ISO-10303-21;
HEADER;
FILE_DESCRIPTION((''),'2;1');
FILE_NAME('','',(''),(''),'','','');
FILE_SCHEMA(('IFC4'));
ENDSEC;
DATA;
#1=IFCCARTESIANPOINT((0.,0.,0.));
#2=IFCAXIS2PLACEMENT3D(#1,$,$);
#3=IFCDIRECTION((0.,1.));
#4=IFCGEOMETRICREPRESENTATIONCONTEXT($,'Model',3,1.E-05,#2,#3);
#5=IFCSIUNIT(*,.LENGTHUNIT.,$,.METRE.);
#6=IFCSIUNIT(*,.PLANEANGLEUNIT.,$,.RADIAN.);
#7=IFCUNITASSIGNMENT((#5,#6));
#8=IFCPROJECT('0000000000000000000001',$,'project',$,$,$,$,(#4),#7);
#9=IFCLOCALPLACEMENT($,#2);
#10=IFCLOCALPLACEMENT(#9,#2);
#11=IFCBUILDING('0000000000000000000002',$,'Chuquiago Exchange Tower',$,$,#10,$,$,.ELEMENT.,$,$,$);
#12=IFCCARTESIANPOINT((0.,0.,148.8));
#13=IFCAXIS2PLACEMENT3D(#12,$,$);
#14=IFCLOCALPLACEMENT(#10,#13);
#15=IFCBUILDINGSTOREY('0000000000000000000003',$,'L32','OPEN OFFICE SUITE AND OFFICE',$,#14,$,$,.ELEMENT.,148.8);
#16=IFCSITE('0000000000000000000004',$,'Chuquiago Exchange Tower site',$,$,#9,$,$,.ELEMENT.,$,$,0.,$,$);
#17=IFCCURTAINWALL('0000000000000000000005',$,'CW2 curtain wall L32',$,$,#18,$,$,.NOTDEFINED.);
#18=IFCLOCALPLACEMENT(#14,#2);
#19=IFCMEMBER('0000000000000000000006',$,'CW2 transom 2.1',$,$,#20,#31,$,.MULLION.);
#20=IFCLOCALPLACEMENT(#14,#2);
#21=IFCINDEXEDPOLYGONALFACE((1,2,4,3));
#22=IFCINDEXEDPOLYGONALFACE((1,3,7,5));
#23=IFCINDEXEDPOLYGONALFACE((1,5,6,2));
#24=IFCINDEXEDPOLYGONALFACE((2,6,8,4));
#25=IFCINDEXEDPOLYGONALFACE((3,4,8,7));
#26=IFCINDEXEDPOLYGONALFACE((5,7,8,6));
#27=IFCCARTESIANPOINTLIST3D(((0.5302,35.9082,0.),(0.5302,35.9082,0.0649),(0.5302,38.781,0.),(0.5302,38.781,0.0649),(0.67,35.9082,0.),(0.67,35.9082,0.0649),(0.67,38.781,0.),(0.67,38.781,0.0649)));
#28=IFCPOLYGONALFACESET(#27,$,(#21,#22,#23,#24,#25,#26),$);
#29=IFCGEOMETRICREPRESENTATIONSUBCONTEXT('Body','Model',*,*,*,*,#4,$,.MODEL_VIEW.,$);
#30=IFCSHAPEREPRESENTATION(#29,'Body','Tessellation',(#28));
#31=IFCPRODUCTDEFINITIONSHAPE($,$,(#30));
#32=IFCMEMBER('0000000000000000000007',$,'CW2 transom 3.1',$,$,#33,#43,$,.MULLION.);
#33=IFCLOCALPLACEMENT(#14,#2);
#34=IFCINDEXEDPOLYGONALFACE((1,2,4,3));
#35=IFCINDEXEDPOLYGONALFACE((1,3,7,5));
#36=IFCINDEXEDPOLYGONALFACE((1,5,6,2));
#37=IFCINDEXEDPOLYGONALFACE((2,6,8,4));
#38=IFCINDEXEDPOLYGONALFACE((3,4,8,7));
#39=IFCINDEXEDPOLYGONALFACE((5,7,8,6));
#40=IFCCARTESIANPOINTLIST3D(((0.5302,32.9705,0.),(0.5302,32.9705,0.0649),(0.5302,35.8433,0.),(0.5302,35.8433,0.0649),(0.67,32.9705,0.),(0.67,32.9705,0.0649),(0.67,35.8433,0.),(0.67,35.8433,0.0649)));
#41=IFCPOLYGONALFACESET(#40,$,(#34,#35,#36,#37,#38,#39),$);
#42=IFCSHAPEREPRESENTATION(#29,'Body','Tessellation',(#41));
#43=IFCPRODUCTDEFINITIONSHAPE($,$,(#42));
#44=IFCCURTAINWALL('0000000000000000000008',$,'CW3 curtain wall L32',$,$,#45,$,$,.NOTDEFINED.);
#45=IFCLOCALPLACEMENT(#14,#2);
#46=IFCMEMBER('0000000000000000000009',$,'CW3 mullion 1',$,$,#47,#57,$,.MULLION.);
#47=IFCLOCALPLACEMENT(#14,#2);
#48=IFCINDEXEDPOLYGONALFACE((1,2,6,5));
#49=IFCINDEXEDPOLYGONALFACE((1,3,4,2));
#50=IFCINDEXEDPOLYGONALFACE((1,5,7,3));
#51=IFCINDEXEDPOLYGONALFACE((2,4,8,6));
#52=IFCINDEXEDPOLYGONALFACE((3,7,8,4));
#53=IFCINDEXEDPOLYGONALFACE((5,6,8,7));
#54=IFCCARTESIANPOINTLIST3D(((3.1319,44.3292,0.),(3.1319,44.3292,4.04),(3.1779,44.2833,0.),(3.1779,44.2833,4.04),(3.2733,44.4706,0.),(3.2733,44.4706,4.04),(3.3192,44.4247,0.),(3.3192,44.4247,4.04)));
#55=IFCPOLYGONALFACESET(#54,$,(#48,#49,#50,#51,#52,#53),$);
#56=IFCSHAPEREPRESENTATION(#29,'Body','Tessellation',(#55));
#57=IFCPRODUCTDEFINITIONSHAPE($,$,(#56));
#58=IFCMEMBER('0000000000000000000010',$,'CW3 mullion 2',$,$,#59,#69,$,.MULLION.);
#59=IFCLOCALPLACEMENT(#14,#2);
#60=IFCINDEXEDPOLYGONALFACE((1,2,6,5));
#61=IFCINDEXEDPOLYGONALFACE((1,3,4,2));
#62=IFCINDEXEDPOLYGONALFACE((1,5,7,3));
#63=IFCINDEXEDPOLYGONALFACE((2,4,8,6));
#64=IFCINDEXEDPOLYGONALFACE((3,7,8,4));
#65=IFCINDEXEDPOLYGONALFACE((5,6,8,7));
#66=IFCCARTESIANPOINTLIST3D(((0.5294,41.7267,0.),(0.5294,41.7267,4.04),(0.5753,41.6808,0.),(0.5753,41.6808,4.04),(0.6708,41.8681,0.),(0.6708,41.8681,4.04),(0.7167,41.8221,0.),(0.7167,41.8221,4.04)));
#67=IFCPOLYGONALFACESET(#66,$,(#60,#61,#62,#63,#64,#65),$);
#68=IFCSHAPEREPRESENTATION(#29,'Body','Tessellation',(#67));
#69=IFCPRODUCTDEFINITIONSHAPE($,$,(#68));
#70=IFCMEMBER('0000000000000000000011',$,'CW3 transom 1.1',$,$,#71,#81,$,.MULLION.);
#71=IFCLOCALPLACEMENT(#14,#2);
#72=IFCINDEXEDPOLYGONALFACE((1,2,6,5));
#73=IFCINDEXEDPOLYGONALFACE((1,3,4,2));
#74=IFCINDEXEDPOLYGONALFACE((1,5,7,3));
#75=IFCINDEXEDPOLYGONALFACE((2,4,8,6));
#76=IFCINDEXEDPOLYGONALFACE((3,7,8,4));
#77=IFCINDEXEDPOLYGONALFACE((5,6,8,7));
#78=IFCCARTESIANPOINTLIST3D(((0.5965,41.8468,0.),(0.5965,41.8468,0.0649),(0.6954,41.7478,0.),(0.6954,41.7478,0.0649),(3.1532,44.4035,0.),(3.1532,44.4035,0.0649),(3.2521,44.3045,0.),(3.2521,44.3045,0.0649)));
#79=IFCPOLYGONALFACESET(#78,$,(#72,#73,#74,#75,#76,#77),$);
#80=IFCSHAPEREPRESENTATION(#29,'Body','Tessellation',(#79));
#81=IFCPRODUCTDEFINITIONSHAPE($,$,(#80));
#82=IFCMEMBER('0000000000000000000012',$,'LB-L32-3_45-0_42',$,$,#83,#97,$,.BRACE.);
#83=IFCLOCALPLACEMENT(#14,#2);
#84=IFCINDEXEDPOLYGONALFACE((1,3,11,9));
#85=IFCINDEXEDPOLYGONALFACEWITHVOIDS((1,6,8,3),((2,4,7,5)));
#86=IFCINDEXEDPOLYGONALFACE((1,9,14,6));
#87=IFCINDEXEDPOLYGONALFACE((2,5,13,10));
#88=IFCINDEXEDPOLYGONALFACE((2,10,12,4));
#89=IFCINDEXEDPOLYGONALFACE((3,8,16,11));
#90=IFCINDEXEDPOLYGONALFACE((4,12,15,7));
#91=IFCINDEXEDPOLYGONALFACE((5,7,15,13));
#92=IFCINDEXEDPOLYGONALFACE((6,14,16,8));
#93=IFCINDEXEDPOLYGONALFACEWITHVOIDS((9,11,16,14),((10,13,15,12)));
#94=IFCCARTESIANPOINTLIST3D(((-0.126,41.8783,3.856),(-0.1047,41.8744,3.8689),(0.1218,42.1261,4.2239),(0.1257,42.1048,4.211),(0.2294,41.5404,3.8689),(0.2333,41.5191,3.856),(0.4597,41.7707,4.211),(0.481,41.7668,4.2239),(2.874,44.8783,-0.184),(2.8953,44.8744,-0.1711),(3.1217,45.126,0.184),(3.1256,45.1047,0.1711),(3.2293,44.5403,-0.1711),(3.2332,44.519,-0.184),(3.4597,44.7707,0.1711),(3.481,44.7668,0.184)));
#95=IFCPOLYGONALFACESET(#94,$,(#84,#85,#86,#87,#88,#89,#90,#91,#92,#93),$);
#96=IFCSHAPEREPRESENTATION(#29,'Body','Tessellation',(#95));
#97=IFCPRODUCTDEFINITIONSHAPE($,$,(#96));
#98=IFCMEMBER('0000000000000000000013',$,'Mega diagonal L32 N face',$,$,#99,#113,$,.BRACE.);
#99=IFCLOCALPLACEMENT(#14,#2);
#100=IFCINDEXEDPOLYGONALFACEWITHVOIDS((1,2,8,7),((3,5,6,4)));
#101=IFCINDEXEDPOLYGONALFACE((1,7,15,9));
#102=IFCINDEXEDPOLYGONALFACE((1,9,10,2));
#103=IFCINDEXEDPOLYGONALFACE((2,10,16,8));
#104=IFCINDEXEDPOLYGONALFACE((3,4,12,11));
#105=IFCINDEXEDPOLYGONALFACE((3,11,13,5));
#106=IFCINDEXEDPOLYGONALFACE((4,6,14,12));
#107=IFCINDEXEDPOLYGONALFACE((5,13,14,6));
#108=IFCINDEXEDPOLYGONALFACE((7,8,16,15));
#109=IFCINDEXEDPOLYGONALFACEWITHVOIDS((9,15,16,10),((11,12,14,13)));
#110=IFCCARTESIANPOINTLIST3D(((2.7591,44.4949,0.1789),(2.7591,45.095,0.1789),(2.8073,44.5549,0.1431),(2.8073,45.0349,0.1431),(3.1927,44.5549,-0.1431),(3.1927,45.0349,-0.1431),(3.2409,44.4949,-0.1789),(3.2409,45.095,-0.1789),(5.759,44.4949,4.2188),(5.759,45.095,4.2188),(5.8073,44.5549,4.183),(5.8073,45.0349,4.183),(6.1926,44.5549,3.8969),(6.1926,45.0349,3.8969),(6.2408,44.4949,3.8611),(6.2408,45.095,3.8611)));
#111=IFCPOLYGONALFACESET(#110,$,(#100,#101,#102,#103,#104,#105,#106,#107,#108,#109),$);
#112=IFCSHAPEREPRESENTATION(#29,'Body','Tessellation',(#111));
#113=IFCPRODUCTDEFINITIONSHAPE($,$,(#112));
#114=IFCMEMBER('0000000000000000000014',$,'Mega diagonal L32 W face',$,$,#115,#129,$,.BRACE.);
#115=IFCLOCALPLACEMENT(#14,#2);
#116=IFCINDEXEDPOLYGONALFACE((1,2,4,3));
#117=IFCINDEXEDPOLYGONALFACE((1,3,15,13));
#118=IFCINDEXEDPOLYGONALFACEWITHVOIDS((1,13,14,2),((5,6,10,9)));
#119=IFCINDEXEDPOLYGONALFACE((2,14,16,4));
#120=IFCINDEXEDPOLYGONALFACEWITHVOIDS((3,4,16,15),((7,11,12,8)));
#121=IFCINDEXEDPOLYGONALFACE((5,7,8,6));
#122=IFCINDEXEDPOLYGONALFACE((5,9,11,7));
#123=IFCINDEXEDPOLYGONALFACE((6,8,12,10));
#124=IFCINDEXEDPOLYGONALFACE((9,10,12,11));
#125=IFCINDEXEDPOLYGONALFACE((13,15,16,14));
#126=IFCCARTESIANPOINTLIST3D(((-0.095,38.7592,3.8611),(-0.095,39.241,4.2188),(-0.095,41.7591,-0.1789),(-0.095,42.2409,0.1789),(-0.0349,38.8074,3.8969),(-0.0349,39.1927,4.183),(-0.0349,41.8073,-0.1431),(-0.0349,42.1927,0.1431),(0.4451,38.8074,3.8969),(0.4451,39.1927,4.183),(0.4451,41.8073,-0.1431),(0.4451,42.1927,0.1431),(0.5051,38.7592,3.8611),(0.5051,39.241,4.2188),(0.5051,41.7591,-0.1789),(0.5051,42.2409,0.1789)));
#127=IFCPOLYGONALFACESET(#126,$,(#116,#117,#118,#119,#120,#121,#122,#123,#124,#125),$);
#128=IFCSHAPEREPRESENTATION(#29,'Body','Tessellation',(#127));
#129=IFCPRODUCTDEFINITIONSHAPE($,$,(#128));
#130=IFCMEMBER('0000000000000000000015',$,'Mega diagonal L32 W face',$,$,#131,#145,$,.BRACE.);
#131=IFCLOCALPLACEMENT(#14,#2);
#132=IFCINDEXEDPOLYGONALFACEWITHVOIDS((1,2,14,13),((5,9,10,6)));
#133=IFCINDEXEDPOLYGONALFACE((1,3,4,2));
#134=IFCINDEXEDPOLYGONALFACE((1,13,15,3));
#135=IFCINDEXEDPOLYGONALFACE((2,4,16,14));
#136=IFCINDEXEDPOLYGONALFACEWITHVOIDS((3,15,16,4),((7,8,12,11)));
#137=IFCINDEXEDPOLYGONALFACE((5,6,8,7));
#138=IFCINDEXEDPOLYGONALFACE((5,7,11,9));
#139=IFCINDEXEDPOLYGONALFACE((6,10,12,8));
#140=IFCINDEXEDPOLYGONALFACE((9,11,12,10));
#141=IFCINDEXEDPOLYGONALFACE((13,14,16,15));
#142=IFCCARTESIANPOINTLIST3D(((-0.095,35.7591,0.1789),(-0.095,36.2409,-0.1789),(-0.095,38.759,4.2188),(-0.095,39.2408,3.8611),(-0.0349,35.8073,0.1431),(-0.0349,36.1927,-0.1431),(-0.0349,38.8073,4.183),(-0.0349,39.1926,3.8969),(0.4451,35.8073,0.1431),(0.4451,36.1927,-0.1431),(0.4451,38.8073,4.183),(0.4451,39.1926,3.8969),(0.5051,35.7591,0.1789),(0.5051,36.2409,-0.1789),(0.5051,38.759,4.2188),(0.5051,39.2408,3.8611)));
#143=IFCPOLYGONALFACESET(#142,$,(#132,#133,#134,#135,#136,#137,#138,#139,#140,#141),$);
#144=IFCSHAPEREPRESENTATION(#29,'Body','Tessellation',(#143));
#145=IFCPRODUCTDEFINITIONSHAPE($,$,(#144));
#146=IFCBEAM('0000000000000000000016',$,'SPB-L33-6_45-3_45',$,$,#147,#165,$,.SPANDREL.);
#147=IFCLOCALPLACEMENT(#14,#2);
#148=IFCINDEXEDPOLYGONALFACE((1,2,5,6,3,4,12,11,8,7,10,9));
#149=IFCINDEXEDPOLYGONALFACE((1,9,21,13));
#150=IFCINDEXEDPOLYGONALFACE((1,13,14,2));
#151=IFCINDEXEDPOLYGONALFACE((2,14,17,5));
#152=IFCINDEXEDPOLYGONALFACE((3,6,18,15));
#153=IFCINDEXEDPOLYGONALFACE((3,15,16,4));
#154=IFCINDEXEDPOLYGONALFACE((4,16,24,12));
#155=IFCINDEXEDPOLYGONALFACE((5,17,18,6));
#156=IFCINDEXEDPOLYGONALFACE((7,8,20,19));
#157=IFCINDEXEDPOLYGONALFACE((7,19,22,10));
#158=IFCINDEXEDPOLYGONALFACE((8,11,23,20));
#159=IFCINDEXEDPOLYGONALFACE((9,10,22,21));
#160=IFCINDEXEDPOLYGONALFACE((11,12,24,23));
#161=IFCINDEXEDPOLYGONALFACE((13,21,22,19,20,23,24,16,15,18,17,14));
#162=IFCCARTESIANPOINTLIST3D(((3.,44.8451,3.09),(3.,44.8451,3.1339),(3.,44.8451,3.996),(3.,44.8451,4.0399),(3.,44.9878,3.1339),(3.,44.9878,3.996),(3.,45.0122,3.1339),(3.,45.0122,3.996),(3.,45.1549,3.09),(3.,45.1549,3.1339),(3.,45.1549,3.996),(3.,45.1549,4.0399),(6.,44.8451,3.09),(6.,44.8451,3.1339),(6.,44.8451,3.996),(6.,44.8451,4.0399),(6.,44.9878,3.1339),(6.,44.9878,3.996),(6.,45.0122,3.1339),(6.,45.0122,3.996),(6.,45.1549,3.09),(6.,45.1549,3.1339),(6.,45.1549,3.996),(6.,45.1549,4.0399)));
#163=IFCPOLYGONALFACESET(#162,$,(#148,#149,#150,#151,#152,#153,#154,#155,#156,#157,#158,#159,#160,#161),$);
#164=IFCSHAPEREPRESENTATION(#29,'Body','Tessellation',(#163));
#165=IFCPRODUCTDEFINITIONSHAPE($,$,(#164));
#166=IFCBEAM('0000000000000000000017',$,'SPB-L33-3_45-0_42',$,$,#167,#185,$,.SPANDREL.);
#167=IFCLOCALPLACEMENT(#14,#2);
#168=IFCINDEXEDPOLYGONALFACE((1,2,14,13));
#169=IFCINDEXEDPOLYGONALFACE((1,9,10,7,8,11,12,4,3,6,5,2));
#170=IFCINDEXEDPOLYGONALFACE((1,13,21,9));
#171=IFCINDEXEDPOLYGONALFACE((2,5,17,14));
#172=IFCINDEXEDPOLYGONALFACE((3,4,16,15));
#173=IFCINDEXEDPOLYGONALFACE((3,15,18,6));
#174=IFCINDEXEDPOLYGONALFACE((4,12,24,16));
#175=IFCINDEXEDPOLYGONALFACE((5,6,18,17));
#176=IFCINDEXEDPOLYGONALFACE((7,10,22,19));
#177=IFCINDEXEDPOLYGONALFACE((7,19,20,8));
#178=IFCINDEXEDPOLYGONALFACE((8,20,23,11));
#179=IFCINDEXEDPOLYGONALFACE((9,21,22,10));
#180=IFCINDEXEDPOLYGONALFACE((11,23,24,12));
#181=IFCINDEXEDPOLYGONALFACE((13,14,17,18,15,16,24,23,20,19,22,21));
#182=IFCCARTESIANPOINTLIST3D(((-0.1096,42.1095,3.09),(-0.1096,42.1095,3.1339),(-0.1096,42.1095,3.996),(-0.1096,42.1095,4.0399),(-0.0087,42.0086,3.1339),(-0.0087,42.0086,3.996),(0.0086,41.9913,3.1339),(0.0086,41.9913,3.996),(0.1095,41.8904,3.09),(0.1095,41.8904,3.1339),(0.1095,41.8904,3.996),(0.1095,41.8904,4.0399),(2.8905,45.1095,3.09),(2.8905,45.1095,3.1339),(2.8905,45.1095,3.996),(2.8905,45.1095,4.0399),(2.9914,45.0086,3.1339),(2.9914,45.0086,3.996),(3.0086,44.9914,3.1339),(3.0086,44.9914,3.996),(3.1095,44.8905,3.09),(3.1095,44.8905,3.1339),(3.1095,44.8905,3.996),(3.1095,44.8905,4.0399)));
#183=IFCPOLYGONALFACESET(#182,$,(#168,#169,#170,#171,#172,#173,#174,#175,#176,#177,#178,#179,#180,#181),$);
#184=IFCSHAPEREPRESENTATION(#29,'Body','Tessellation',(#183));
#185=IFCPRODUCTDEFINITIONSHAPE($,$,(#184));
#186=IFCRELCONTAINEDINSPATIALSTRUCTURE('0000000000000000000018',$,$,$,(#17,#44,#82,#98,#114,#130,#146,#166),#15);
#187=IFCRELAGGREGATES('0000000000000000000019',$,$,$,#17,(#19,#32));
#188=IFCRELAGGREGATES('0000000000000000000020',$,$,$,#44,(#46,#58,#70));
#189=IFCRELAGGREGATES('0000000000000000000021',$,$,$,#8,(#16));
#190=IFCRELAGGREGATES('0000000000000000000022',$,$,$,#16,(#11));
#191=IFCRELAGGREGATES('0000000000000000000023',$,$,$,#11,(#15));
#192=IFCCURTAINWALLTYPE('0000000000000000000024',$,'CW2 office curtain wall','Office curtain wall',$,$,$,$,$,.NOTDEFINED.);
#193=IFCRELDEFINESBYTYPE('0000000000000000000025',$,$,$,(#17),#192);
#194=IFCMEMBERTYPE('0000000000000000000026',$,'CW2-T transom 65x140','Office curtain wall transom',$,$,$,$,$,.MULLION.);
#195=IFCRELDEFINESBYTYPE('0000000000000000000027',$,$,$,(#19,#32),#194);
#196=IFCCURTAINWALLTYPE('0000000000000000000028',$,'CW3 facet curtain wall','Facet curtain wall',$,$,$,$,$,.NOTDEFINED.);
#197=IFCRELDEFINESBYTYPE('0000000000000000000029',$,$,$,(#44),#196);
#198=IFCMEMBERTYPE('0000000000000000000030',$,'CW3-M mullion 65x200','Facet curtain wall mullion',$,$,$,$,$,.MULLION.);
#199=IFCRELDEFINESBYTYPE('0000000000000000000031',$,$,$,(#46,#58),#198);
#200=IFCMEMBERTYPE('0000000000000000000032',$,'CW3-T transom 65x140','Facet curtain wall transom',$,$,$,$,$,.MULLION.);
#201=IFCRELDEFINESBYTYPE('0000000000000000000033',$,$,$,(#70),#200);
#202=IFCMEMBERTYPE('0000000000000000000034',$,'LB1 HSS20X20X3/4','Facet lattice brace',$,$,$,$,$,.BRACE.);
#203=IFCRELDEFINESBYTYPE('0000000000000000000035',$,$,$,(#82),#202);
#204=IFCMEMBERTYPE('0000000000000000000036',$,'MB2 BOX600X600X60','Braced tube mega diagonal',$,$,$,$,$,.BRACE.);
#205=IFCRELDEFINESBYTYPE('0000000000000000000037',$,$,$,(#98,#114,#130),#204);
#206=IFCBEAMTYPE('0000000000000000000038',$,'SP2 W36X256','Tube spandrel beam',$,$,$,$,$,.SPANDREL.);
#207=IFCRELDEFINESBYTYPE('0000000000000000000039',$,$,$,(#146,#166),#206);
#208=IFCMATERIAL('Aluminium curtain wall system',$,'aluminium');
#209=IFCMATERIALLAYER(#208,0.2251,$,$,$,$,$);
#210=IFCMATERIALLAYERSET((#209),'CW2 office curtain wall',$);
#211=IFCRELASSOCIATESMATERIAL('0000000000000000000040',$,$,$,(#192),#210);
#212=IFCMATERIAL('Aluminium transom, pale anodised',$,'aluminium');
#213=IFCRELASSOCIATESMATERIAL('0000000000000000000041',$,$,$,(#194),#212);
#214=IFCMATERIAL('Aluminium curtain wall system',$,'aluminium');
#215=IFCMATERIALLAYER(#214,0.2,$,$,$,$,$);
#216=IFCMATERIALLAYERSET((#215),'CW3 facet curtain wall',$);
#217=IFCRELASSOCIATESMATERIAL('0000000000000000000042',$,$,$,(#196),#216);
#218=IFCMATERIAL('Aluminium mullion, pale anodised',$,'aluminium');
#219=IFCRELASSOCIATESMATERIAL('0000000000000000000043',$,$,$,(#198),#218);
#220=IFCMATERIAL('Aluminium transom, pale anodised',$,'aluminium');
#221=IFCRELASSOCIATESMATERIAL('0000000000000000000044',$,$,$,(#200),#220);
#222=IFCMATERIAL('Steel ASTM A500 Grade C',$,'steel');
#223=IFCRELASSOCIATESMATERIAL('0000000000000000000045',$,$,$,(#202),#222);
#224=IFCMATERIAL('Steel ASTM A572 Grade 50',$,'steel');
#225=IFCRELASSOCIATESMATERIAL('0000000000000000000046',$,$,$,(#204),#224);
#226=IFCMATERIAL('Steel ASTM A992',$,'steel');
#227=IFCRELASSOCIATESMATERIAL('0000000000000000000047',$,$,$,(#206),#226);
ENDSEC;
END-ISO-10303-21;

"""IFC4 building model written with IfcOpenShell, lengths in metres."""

from ifc_helpers import new_model, si_unit, direction, frame, origin, origin_2d, place, context, subcontext, project, spatial, rectangle, hollow_rectangle, i_section, extrude, material, layer, layer_set, material_profile, profile_set, type_object, element, aggregate, save


model = new_model("IFC4")

# Units and contexts
model_context = context("Model", 3, precision=1e-05, world=origin(), true_north=direction((0.0, 1.0)))
body_context = subcontext(model_context, "Body", "Model", "MODEL_VIEW")
ifc_project = project(units=[si_unit("LENGTHUNIT", "METRE"), si_unit("PLANEANGLEUNIT", "RADIAN")], contexts=[model_context])

# Site, building, storey
site_placement = place(None, origin())
site = spatial("IfcSite", under=ifc_project, at=site_placement, Name="Chuquiago Exchange Tower site", CompositionType="ELEMENT", RefElevation=0.0)
building_placement = place(site_placement, origin())
building = spatial("IfcBuilding", under=site, at=building_placement, Name="Chuquiago Exchange Tower", CompositionType="ELEMENT")
storey_placement = place(building_placement, frame((0.0, 0.0, 148.8)))
storey = spatial("IfcBuildingStorey", under=building, at=storey_placement, Name="L32", Description="OPEN OFFICE SUITE AND OFFICE", CompositionType="ELEMENT", Elevation=148.8)

# Curtain wall
ifc_material_1 = material(Name="Aluminium curtain wall system", Category="aluminium")
ifc_layer_1 = layer(ifc_material_1, 0.2251)
ifc_layer_set_1 = layer_set([ifc_layer_1], Name="CW2 office curtain wall")
curtain_wall_type_1 = type_object("IfcCurtainWallType", Name="CW2 office curtain wall", Description="Office curtain wall", PredefinedType="NOTDEFINED", material=ifc_layer_set_1)
curtain_wall_1_placement = place(storey_placement, origin())
curtain_wall_1 = element("IfcCurtainWall", 1, at=curtain_wall_1_placement, inside=storey, type_object=curtain_wall_type_1, Name="CW2 curtain wall L32", PredefinedType="NOTDEFINED")

# Members
ifc_material_2 = material(Name="Aluminium transom, pale anodised", Category="aluminium")
ifc_material_profile_1 = material_profile(ifc_material_2, rectangle(XDim=0.1399, YDim=0.0649, at=origin_2d()), Name="AL 140x65")
ifc_profile_set_1 = profile_set([ifc_material_profile_1], Name="Aluminium transom, pale anodised")
member_type_1 = type_object("IfcMemberType", Name="CW2-T transom 65x140", Description="Office curtain wall transom", PredefinedType="MULLION", material=ifc_profile_set_1)
member_1_placement = place(storey_placement, frame((0.6001, 38.781, 0.0325), z_axis=(0.0, -1.0, 0.0), x_axis=(1.0, 0.0, 0.0)))
member_1 = element("IfcMember", 2, at=member_1_placement, type_object=member_type_1, Name="CW2 transom 2.1", PredefinedType="MULLION", context=body_context, shape_type="SweptSolid", body=[
    extrude(rectangle(XDim=0.1399, YDim=0.0649, at=origin_2d()), origin(), (0.0, 0.0, 1.0), 2.8728),
])
member_2_placement = place(storey_placement, frame((0.6001, 35.8433, 0.0325), z_axis=(0.0, -1.0, 0.0), x_axis=(1.0, 0.0, 0.0)))
member_2 = element("IfcMember", 3, at=member_2_placement, type_object=member_type_1, Name="CW2 transom 3.1", PredefinedType="MULLION", context=body_context, shape_type="SweptSolid", body=[
    extrude(rectangle(XDim=0.1399, YDim=0.0649, at=origin_2d()), origin(), (0.0, 0.0, 1.0), 2.8728),
])

# Curtain wall, members
ifc_material_3 = material(Name="Aluminium curtain wall system", Category="aluminium")
ifc_layer_2 = layer(ifc_material_3, 0.2)
ifc_layer_set_2 = layer_set([ifc_layer_2], Name="CW3 facet curtain wall")
curtain_wall_type_2 = type_object("IfcCurtainWallType", Name="CW3 facet curtain wall", Description="Facet curtain wall", PredefinedType="NOTDEFINED", material=ifc_layer_set_2)
curtain_wall_2_placement = place(storey_placement, origin())
curtain_wall_2 = element("IfcCurtainWall", 4, at=curtain_wall_2_placement, inside=storey, type_object=curtain_wall_type_2, Name="CW3 curtain wall L32", PredefinedType="NOTDEFINED")
ifc_material_4 = material(Name="Aluminium mullion, pale anodised", Category="aluminium")
ifc_material_profile_2 = material_profile(ifc_material_4, rectangle(XDim=0.0649, YDim=0.2, at=origin_2d()), Name="AL 65x200")
ifc_profile_set_2 = profile_set([ifc_material_profile_2], Name="Aluminium mullion, pale anodised")
member_type_2 = type_object("IfcMemberType", Name="CW3-M mullion 65x200", Description="Facet curtain wall mullion", PredefinedType="MULLION", material=ifc_profile_set_2)
member_3_placement = place(storey_placement, frame((3.2256, 44.377, 0.0), z_axis=(0.0, 0.0, 1.0), x_axis=(0.707107, -0.707107, 0.0)))
member_3 = element("IfcMember", 5, at=member_3_placement, type_object=member_type_2, Name="CW3 mullion 1", PredefinedType="MULLION", context=body_context, shape_type="SweptSolid", body=[
    extrude(rectangle(XDim=0.0649, YDim=0.2, at=origin_2d()), origin(), (0.0, 0.0, 1.0), 4.04),
])
member_4_placement = place(storey_placement, frame((0.623, 41.7744, 0.0), z_axis=(0.0, 0.0, 1.0), x_axis=(0.707107, -0.707107, 0.0)))
member_4 = element("IfcMember", 6, at=member_4_placement, type_object=member_type_2, Name="CW3 mullion 2", PredefinedType="MULLION", context=body_context, shape_type="SweptSolid", body=[
    extrude(rectangle(XDim=0.0649, YDim=0.2, at=origin_2d()), origin(), (0.0, 0.0, 1.0), 4.04),
])
ifc_material_5 = material(Name="Aluminium transom, pale anodised", Category="aluminium")
ifc_material_profile_3 = material_profile(ifc_material_5, rectangle(XDim=0.1399, YDim=0.0649, at=origin_2d()), Name="AL 140x65")
ifc_profile_set_3 = profile_set([ifc_material_profile_3], Name="Aluminium transom, pale anodised")
member_type_3 = type_object("IfcMemberType", Name="CW3-T transom 65x140", Description="Facet curtain wall transom", PredefinedType="MULLION", material=ifc_profile_set_3)
member_5_placement = place(storey_placement, frame((3.2026, 44.354, 0.0325), z_axis=(-0.707107, -0.707107, 0.0), x_axis=(0.707107, -0.707107, 0.0)))
member_5 = element("IfcMember", 7, at=member_5_placement, type_object=member_type_3, Name="CW3 transom 1.1", PredefinedType="MULLION", context=body_context, shape_type="SweptSolid", body=[
    extrude(rectangle(XDim=0.1399, YDim=0.0649, at=origin_2d()), origin(), (0.0, 0.0, 1.0), 3.6157),
])

# Members
ifc_material_6 = material(Name="Steel ASTM A500 Grade C", Category="steel")
ifc_material_profile_4 = material_profile(ifc_material_6, hollow_rectangle(XDim=0.5081, YDim=0.5081, WallThickness=0.0178, at=origin_2d()), Name="HSS20X20X3/4")
ifc_profile_set_4 = profile_set([ifc_material_profile_4], Name="Steel ASTM A500 Grade C")
member_type_4 = type_object("IfcMemberType", Name="LB1 HSS20X20X3/4", Description="Facet lattice brace", PredefinedType="BRACE", material=ifc_profile_set_4)
member_6_placement = place(storey_placement, frame((3.1775, 44.8225, 0.0), z_axis=(-0.512077, -0.512077, 0.689604), x_axis=(0.707107, -0.707107, 0.0)))
element("IfcMember", 8, at=member_6_placement, inside=storey, type_object=member_type_4, Name="LB-L32-3_45-0_42", PredefinedType="BRACE", context=body_context, shape_type="SweptSolid", body=[
    extrude(hollow_rectangle(XDim=0.5081, YDim=0.5081, WallThickness=0.0178, at=origin_2d()), origin(), (0.0, 0.0, 1.0), 5.8584),
])
ifc_material_7 = material(Name="Steel ASTM A572 Grade 50", Category="steel")
ifc_material_profile_5 = material_profile(ifc_material_7, hollow_rectangle(XDim=0.6001, YDim=0.6001, WallThickness=0.0601, at=origin_2d()), Name="BOX600X600X60")
ifc_profile_set_5 = profile_set([ifc_material_profile_5], Name="Steel ASTM A572 Grade 50")
member_type_5 = type_object("IfcMemberType", Name="MB2 BOX600X600X60", Description="Braced tube mega diagonal", PredefinedType="BRACE", material=ifc_profile_set_5)
for number, where, z_axis, x_axis, name in (
    (9, (3.0, 44.7949, 0.0), (0.596174, 0.0, 0.802855), (0.0, 1.0, 0.0), "Mega diagonal L32 N face"),
    (10, (0.2051, 42.0, 0.0), (0.0, -0.596174, 0.802855), (1.0, 0.0, 0.0), "Mega diagonal L32 W face"),
    (11, (0.2051, 36.0, 0.0), (0.0, 0.596174, 0.802855), (-1.0, 0.0, 0.0), "Mega diagonal L32 W face"),
):
    element("IfcMember", number, at=place(storey_placement, frame(where, z_axis=z_axis, x_axis=x_axis)), inside=storey, type_object=member_type_5, Name=name, PredefinedType="BRACE", context=body_context, shape_type="SweptSolid", body=[
        extrude(hollow_rectangle(XDim=0.6001, YDim=0.6001, WallThickness=0.0601, at=origin_2d()), origin(), (0.0, 0.0, 1.0), 5.032),
    ])

# Beams
ifc_material_8 = material(Name="Steel ASTM A992", Category="steel")
ifc_material_profile_6 = material_profile(ifc_material_8, i_section(OverallWidth=0.3098, OverallDepth=0.95, WebThickness=0.0244, FlangeThickness=0.0439, at=origin_2d()), Name="W36X256")
ifc_profile_set_6 = profile_set([ifc_material_profile_6], Name="Steel ASTM A992")
beam_type = type_object("IfcBeamType", Name="SP2 W36X256", Description="Tube spandrel beam", PredefinedType="SPANDREL", material=ifc_profile_set_6)
beam_1_placement = place(storey_placement, frame((6.0, 45.0, 3.5649), z_axis=(-1.0, 0.0, 0.0), x_axis=(0.0, -1.0, 0.0)))
element("IfcBeam", 12, at=beam_1_placement, inside=storey, type_object=beam_type, Name="SPB-L33-6_45-3_45", PredefinedType="SPANDREL", context=body_context, shape_type="SweptSolid", body=[
    extrude(i_section(OverallWidth=0.3098, OverallDepth=0.95, WebThickness=0.0244, FlangeThickness=0.0439, at=origin_2d()), origin(), (0.0, 0.0, 1.0), 3.0),
])
beam_2_placement = place(storey_placement, frame((3.0, 45.0, 3.5649), z_axis=(-0.707107, -0.707107, 0.0), x_axis=(0.707107, -0.707107, 0.0)))
element("IfcBeam", 13, at=beam_2_placement, inside=storey, type_object=beam_type, Name="SPB-L33-3_45-0_42", PredefinedType="SPANDREL", context=body_context, shape_type="SweptSolid", body=[
    extrude(i_section(OverallWidth=0.3098, OverallDepth=0.95, WebThickness=0.0244, FlangeThickness=0.0439, at=origin_2d()), origin(), (0.0, 0.0, 1.0), 4.2427),
])

aggregate(curtain_wall_1, [member_1, member_2])
aggregate(curtain_wall_2, [member_3, member_4, member_5])

save(model, "model.ifc")
